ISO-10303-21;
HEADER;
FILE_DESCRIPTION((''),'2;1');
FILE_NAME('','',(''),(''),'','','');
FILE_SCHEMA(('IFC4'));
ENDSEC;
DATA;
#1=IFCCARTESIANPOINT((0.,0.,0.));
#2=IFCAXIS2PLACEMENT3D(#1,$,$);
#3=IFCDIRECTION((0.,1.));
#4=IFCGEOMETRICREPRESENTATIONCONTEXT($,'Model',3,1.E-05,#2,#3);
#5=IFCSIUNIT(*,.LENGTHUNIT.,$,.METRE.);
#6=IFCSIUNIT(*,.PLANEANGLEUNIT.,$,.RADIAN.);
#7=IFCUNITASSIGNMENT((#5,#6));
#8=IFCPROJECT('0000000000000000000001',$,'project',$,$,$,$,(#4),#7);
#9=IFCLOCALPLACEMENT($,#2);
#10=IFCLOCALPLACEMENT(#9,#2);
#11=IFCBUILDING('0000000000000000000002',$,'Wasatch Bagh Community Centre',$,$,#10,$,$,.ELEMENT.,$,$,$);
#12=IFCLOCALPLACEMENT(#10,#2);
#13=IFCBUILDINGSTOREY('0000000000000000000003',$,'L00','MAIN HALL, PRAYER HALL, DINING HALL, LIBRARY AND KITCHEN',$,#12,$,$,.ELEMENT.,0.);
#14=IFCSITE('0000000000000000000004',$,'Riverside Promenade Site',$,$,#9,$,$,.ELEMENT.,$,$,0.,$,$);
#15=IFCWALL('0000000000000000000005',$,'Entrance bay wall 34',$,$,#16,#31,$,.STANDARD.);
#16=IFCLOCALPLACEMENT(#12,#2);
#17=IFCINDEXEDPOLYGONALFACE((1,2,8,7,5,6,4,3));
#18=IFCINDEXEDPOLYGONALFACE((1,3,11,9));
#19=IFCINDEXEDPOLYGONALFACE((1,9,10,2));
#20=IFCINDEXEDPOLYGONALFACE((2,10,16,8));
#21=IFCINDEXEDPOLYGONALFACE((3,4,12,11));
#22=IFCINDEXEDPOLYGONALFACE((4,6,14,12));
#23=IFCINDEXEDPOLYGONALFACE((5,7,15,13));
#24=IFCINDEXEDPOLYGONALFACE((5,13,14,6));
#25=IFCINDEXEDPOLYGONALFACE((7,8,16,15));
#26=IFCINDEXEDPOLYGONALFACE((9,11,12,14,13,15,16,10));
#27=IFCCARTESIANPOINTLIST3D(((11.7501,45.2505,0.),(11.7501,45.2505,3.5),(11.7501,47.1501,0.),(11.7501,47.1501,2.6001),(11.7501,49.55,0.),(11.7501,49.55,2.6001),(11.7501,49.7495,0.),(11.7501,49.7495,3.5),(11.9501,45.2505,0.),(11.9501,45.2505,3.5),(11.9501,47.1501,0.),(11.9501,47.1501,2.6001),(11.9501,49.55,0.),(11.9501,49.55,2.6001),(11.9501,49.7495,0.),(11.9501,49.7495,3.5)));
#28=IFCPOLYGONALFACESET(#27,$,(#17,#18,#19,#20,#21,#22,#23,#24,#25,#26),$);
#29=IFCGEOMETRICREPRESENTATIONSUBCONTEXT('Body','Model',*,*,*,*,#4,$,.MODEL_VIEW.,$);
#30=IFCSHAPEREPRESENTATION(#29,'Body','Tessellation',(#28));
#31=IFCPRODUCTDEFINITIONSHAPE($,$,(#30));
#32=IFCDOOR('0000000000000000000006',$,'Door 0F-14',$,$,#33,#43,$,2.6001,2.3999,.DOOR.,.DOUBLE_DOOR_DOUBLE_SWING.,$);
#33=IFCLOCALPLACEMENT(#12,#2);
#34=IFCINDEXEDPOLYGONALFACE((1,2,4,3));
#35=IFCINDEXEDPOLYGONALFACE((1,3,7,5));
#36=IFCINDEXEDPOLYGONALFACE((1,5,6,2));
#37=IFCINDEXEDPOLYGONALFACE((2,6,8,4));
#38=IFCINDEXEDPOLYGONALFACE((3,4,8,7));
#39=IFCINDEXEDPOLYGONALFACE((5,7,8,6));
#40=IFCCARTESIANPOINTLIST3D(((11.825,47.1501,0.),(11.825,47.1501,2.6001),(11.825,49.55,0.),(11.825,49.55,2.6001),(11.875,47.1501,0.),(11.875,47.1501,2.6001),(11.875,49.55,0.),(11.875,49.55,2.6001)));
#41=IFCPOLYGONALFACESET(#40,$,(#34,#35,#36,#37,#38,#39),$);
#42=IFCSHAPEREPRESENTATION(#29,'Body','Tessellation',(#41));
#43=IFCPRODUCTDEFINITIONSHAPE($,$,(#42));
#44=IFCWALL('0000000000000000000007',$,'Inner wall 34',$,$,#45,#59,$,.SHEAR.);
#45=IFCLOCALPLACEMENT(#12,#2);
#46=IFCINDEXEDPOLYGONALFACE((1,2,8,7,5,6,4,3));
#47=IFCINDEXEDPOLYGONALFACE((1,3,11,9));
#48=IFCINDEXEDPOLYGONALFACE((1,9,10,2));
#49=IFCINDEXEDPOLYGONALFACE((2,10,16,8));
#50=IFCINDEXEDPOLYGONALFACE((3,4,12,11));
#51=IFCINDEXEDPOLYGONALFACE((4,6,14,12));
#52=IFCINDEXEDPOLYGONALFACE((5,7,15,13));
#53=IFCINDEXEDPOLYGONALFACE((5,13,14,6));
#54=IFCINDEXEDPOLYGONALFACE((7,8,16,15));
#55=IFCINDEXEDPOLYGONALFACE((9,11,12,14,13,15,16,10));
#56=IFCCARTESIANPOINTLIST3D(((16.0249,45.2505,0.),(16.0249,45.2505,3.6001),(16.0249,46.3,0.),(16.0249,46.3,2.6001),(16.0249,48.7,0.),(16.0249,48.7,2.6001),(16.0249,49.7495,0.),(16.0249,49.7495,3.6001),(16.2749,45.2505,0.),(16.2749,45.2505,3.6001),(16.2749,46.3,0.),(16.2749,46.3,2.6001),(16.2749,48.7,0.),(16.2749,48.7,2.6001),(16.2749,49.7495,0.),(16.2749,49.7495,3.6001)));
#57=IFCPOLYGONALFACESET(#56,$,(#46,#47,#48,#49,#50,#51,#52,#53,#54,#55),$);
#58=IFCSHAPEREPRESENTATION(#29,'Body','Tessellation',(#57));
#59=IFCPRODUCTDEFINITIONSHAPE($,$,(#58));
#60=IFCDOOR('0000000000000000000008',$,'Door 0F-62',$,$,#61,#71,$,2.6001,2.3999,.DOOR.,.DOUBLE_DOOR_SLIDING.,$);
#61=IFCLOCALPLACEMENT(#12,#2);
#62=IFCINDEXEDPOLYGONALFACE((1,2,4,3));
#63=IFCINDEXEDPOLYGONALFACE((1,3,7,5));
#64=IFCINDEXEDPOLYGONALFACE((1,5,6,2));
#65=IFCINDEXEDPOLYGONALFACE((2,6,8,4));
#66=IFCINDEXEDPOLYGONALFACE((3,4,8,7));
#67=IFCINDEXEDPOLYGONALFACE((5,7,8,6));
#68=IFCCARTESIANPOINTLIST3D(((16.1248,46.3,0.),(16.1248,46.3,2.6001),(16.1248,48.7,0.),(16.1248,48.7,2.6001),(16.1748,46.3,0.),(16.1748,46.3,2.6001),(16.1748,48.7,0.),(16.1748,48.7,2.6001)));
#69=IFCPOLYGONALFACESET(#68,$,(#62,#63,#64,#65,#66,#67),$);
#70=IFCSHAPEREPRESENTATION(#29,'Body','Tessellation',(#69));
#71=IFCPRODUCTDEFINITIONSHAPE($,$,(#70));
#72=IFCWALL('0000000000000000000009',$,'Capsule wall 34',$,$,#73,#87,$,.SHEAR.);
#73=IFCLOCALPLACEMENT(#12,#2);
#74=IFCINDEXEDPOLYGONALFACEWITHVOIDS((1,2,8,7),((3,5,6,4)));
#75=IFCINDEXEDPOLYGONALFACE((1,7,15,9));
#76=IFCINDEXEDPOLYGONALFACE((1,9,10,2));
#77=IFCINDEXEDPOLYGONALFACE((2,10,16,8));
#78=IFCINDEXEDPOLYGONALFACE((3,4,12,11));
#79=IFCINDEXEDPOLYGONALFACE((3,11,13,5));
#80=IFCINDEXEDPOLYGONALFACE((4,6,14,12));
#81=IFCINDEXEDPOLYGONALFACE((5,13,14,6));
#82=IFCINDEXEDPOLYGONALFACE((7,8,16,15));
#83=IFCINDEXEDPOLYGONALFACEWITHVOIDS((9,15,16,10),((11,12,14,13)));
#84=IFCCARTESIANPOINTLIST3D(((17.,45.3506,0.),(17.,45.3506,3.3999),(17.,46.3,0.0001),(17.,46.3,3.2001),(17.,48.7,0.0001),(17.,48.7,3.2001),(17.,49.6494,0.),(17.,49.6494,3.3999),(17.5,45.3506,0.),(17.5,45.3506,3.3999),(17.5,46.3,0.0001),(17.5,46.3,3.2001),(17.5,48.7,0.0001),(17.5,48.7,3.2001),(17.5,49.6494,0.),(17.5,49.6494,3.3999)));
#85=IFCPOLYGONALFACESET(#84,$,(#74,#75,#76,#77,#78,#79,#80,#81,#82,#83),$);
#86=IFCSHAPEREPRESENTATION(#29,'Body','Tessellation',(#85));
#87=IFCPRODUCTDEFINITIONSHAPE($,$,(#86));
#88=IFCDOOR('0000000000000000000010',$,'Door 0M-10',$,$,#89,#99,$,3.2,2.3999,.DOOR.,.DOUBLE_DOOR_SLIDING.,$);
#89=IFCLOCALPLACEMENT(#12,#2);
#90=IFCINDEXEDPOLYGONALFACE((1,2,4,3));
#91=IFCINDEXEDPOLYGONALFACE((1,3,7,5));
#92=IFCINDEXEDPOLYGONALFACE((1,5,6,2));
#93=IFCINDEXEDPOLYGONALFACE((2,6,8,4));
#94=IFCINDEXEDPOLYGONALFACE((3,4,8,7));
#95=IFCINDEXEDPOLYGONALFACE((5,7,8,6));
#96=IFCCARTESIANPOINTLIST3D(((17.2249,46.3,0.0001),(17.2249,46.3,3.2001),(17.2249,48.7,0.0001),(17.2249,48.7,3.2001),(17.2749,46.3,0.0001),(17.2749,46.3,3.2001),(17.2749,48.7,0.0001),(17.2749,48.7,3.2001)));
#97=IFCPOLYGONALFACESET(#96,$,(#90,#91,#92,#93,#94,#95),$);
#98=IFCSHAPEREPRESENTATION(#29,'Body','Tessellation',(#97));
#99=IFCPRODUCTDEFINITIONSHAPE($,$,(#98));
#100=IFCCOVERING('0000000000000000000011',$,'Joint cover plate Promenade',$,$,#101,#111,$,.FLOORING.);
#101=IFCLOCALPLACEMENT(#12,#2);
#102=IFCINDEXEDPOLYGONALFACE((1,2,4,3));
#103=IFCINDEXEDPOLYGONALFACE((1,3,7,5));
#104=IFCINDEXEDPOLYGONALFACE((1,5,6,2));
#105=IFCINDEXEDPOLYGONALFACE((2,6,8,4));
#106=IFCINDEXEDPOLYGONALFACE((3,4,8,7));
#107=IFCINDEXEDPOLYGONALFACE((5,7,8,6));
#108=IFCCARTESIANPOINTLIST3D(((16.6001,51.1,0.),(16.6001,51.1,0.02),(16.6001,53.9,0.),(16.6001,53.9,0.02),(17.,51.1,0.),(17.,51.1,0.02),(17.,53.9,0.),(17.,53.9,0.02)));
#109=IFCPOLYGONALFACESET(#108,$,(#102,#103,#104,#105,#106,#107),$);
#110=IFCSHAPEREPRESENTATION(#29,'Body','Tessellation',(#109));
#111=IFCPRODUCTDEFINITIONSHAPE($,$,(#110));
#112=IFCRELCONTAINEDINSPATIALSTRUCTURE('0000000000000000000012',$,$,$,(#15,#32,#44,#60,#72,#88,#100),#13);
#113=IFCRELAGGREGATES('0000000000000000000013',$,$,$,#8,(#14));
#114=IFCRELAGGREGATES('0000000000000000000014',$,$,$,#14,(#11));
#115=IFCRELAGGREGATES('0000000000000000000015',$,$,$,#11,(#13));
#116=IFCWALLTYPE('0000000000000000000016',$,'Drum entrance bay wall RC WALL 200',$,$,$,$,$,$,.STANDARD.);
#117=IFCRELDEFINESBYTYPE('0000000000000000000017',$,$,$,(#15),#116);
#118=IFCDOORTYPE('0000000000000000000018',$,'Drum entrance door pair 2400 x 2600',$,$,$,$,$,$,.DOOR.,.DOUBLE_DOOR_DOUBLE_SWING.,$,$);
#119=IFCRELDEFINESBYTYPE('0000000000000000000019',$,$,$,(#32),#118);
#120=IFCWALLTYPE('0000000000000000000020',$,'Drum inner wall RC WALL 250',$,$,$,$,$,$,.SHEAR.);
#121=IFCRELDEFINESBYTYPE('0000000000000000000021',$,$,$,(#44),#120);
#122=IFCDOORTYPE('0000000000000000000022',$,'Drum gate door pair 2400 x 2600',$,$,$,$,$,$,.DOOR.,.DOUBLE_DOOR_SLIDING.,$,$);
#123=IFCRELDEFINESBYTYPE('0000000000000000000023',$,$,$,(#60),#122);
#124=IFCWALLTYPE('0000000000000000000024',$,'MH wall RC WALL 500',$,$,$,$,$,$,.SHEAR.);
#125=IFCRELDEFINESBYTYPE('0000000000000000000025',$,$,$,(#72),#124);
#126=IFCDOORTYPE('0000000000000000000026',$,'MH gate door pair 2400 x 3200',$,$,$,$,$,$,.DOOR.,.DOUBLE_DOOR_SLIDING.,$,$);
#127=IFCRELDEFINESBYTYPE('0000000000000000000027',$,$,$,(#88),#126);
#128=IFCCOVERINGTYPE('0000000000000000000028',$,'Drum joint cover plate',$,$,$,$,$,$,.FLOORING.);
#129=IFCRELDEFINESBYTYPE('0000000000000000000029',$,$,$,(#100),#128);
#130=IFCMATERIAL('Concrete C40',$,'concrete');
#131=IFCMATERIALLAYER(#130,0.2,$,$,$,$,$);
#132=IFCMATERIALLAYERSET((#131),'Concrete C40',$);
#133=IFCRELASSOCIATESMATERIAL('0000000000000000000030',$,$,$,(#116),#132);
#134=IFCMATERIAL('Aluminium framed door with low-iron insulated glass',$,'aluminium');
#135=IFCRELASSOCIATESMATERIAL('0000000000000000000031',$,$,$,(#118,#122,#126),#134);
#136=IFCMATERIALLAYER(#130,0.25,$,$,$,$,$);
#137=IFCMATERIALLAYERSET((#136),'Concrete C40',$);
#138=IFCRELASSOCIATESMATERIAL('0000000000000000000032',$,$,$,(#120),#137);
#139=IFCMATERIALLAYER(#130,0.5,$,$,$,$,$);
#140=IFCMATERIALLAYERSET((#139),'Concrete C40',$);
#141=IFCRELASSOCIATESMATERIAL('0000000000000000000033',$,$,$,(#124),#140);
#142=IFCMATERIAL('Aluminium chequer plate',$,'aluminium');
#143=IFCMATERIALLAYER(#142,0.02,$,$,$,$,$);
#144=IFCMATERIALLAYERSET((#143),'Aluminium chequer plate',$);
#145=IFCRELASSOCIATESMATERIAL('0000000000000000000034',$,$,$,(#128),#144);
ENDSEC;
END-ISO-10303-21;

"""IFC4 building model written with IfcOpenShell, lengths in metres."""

from ifc_helpers import new_model, si_unit, direction, frame, frame_2d, origin, origin_2d, place, context, subcontext, project, spatial, rectangle, extrude, material, layer, layer_set, type_object, element, fill, save


model = new_model("IFC4")

# Units and contexts
model_context = context("Model", 3, precision=1e-05, world=origin(), true_north=direction((0.0, 1.0)))
body_context = subcontext(model_context, "Body", "Model", "MODEL_VIEW")
ifc_project = project(units=[si_unit("LENGTHUNIT", "METRE"), si_unit("PLANEANGLEUNIT", "RADIAN")], contexts=[model_context])

# Site, building, storey
site_placement = place(None, origin())
site = spatial("IfcSite", under=ifc_project, at=site_placement, Name="Riverside Promenade Site", CompositionType="ELEMENT", RefElevation=0.0)
building_placement = place(site_placement, origin())
building = spatial("IfcBuilding", under=site, at=building_placement, Name="Wasatch Bagh Community Centre", CompositionType="ELEMENT")
storey_placement = place(building_placement, origin())
storey = spatial("IfcBuildingStorey", under=building, at=storey_placement, Name="L00", Description="MAIN HALL, PRAYER HALL, DINING HALL, LIBRARY AND KITCHEN", CompositionType="ELEMENT", Elevation=0.0)

# Shared definitions
ifc_material_1 = material(Name="Concrete C40", Category="concrete")

# Walls, openings, doors
ifc_layer_1 = layer(ifc_material_1, 0.2)
ifc_layer_set_1 = layer_set([ifc_layer_1], Name="Concrete C40")
wall_type_1 = type_object("IfcWallType", Name="Drum entrance bay wall RC WALL 200", PredefinedType="STANDARD", material=ifc_layer_set_1)
wall_1_placement = place(storey_placement, frame((11.8501, 49.7495, 0.0), z_axis=(0.0, 0.0, 1.0), x_axis=(0.0, -1.0, 0.0)))
wall_1 = element("IfcWall", 1, at=wall_1_placement, inside=storey, type_object=wall_type_1, Name="Entrance bay wall 34", PredefinedType="STANDARD", context=body_context, shape_type="SweptSolid", body=[
    extrude(rectangle(XDim=4.499, YDim=0.2, at=frame_2d((2.2495, 0.0))), origin(), (0.0, 0.0, 1.0), 3.5),
])
opening_1_placement = place(wall_1_placement, frame((0.1995, 0.0, 0.0)))
opening_1 = element("IfcOpeningElement", 2, at=opening_1_placement, cuts=wall_1, PredefinedType="OPENING", context=body_context, shape_type="SweptSolid", body=[
    extrude(rectangle(XDim=2.3999, YDim=2.6001, at=frame_2d((1.2, 1.3))), frame((0.0, 0.1099, 0.0), z_axis=(0.0, -1.0, 0.0), x_axis=(1.0, 0.0, 0.0)), (0.0, 0.0, 1.0), 0.22),
])
ifc_material_2 = material(Name="Aluminium framed door with low-iron insulated glass", Category="aluminium")
door_type_1 = type_object("IfcDoorType", Name="Drum entrance door pair 2400 x 2600", OperationType="DOUBLE_DOOR_DOUBLE_SWING", PredefinedType="DOOR", material=ifc_material_2)
door_1_placement = place(opening_1_placement, origin())
door_1 = element("IfcDoor", 3, at=door_1_placement, inside=storey, type_object=door_type_1, Name="Door 0F-14", OperationType="DOUBLE_DOOR_DOUBLE_SWING", OverallHeight=2.6001, OverallWidth=2.3999, PredefinedType="DOOR", context=body_context, shape_type="SweptSolid", body=[
    extrude(rectangle(XDim=2.3999, YDim=2.6001, at=frame_2d((1.2, 1.3))), frame((0.0, 0.0249, 0.0), z_axis=(0.0, -1.0, 0.0), x_axis=(1.0, 0.0, 0.0)), (0.0, 0.0, 1.0), 0.05),
])
fill(opening_1, door_1)
ifc_layer_2 = layer(ifc_material_1, 0.25)
ifc_layer_set_2 = layer_set([ifc_layer_2], Name="Concrete C40")
wall_type_2 = type_object("IfcWallType", Name="Drum inner wall RC WALL 250", PredefinedType="SHEAR", material=ifc_layer_set_2)
wall_2_placement = place(storey_placement, frame((16.1499, 49.7495, 0.0), z_axis=(0.0, 0.0, 1.0), x_axis=(0.0, -1.0, 0.0)))
wall_2 = element("IfcWall", 4, at=wall_2_placement, inside=storey, type_object=wall_type_2, Name="Inner wall 34", PredefinedType="SHEAR", context=body_context, shape_type="SweptSolid", body=[
    extrude(rectangle(XDim=4.499, YDim=0.25, at=frame_2d((2.2495, 0.0))), origin(), (0.0, 0.0, 1.0), 3.6001),
])
opening_2_placement = place(wall_2_placement, frame((1.0496, 0.0, 0.0)))
opening_2 = element("IfcOpeningElement", 5, at=opening_2_placement, cuts=wall_2, PredefinedType="OPENING", context=body_context, shape_type="SweptSolid", body=[
    extrude(rectangle(XDim=2.3999, YDim=2.6001, at=frame_2d((1.2, 1.3))), frame((0.0, 0.135, 0.0), z_axis=(0.0, -1.0, 0.0), x_axis=(1.0, 0.0, 0.0)), (0.0, 0.0, 1.0), 0.27),
])
door_type_2 = type_object("IfcDoorType", Name="Drum gate door pair 2400 x 2600", OperationType="DOUBLE_DOOR_SLIDING", PredefinedType="DOOR", material=ifc_material_2)
door_2_placement = place(opening_2_placement, origin())
door_2 = element("IfcDoor", 6, at=door_2_placement, inside=storey, type_object=door_type_2, Name="Door 0F-62", OperationType="DOUBLE_DOOR_SLIDING", OverallHeight=2.6001, OverallWidth=2.3999, PredefinedType="DOOR", context=body_context, shape_type="SweptSolid", body=[
    extrude(rectangle(XDim=2.3999, YDim=2.6001, at=frame_2d((1.2, 1.3))), frame((0.0, 0.0249, 0.0), z_axis=(0.0, -1.0, 0.0), x_axis=(1.0, 0.0, 0.0)), (0.0, 0.0, 1.0), 0.05),
])
fill(opening_2, door_2)
ifc_layer_3 = layer(ifc_material_1, 0.5)
ifc_layer_set_3 = layer_set([ifc_layer_3], Name="Concrete C40")
wall_type_3 = type_object("IfcWallType", Name="MH wall RC WALL 500", PredefinedType="SHEAR", material=ifc_layer_set_3)
wall_3_placement = place(storey_placement, frame((17.25, 49.6494, 0.0), z_axis=(0.0, 0.0, 1.0), x_axis=(0.0, -1.0, 0.0)))
wall_3 = element("IfcWall", 7, at=wall_3_placement, inside=storey, type_object=wall_type_3, Name="Capsule wall 34", PredefinedType="SHEAR", context=body_context, shape_type="SweptSolid", body=[
    extrude(rectangle(XDim=4.2988, YDim=0.5, at=frame_2d((2.1494, 0.0))), origin(), (0.0, 0.0, 1.0), 3.3999),
])
opening_3_placement = place(wall_3_placement, frame((0.9495, 0.0, 0.0)))
opening_3 = element("IfcOpeningElement", 8, at=opening_3_placement, cuts=wall_3, PredefinedType="OPENING", context=body_context, shape_type="SweptSolid", body=[
    extrude(rectangle(XDim=2.3999, YDim=3.2, at=frame_2d((1.2, 1.6001))), frame((0.0, 0.26, 0.0), z_axis=(0.0, -1.0, 0.0), x_axis=(1.0, 0.0, 0.0)), (0.0, 0.0, 1.0), 0.52),
])
door_type_3 = type_object("IfcDoorType", Name="MH gate door pair 2400 x 3200", OperationType="DOUBLE_DOOR_SLIDING", PredefinedType="DOOR", material=ifc_material_2)
door_3_placement = place(opening_3_placement, origin())
door_3 = element("IfcDoor", 9, at=door_3_placement, inside=storey, type_object=door_type_3, Name="Door 0M-10", OperationType="DOUBLE_DOOR_SLIDING", OverallHeight=3.2, OverallWidth=2.3999, PredefinedType="DOOR", context=body_context, shape_type="SweptSolid", body=[
    extrude(rectangle(XDim=2.3999, YDim=3.2, at=frame_2d((1.2, 1.6001))), frame((0.0, 0.0249, 0.0), z_axis=(0.0, -1.0, 0.0), x_axis=(1.0, 0.0, 0.0)), (0.0, 0.0, 1.0), 0.05),
])
fill(opening_3, door_3)

# Covering
ifc_material_3 = material(Name="Aluminium chequer plate", Category="aluminium")
ifc_layer_4 = layer(ifc_material_3, 0.02)
ifc_layer_set_4 = layer_set([ifc_layer_4], Name="Aluminium chequer plate")
covering_type = type_object("IfcCoveringType", Name="Drum joint cover plate", PredefinedType="FLOORING", material=ifc_layer_set_4)
covering_placement = place(storey_placement, frame((16.8, 52.5, 0.0), z_axis=(0.0, 0.0, 1.0), x_axis=(-1.0, 0.0, 0.0)))
element("IfcCovering", 10, at=covering_placement, inside=storey, type_object=covering_type, Name="Joint cover plate Promenade", PredefinedType="FLOORING", context=body_context, shape_type="SweptSolid", body=[
    extrude(rectangle(XDim=0.3999, YDim=2.8, at=origin_2d()), origin(), (0.0, 0.0, 1.0), 0.02),
])

save(model, "model.ifc")
